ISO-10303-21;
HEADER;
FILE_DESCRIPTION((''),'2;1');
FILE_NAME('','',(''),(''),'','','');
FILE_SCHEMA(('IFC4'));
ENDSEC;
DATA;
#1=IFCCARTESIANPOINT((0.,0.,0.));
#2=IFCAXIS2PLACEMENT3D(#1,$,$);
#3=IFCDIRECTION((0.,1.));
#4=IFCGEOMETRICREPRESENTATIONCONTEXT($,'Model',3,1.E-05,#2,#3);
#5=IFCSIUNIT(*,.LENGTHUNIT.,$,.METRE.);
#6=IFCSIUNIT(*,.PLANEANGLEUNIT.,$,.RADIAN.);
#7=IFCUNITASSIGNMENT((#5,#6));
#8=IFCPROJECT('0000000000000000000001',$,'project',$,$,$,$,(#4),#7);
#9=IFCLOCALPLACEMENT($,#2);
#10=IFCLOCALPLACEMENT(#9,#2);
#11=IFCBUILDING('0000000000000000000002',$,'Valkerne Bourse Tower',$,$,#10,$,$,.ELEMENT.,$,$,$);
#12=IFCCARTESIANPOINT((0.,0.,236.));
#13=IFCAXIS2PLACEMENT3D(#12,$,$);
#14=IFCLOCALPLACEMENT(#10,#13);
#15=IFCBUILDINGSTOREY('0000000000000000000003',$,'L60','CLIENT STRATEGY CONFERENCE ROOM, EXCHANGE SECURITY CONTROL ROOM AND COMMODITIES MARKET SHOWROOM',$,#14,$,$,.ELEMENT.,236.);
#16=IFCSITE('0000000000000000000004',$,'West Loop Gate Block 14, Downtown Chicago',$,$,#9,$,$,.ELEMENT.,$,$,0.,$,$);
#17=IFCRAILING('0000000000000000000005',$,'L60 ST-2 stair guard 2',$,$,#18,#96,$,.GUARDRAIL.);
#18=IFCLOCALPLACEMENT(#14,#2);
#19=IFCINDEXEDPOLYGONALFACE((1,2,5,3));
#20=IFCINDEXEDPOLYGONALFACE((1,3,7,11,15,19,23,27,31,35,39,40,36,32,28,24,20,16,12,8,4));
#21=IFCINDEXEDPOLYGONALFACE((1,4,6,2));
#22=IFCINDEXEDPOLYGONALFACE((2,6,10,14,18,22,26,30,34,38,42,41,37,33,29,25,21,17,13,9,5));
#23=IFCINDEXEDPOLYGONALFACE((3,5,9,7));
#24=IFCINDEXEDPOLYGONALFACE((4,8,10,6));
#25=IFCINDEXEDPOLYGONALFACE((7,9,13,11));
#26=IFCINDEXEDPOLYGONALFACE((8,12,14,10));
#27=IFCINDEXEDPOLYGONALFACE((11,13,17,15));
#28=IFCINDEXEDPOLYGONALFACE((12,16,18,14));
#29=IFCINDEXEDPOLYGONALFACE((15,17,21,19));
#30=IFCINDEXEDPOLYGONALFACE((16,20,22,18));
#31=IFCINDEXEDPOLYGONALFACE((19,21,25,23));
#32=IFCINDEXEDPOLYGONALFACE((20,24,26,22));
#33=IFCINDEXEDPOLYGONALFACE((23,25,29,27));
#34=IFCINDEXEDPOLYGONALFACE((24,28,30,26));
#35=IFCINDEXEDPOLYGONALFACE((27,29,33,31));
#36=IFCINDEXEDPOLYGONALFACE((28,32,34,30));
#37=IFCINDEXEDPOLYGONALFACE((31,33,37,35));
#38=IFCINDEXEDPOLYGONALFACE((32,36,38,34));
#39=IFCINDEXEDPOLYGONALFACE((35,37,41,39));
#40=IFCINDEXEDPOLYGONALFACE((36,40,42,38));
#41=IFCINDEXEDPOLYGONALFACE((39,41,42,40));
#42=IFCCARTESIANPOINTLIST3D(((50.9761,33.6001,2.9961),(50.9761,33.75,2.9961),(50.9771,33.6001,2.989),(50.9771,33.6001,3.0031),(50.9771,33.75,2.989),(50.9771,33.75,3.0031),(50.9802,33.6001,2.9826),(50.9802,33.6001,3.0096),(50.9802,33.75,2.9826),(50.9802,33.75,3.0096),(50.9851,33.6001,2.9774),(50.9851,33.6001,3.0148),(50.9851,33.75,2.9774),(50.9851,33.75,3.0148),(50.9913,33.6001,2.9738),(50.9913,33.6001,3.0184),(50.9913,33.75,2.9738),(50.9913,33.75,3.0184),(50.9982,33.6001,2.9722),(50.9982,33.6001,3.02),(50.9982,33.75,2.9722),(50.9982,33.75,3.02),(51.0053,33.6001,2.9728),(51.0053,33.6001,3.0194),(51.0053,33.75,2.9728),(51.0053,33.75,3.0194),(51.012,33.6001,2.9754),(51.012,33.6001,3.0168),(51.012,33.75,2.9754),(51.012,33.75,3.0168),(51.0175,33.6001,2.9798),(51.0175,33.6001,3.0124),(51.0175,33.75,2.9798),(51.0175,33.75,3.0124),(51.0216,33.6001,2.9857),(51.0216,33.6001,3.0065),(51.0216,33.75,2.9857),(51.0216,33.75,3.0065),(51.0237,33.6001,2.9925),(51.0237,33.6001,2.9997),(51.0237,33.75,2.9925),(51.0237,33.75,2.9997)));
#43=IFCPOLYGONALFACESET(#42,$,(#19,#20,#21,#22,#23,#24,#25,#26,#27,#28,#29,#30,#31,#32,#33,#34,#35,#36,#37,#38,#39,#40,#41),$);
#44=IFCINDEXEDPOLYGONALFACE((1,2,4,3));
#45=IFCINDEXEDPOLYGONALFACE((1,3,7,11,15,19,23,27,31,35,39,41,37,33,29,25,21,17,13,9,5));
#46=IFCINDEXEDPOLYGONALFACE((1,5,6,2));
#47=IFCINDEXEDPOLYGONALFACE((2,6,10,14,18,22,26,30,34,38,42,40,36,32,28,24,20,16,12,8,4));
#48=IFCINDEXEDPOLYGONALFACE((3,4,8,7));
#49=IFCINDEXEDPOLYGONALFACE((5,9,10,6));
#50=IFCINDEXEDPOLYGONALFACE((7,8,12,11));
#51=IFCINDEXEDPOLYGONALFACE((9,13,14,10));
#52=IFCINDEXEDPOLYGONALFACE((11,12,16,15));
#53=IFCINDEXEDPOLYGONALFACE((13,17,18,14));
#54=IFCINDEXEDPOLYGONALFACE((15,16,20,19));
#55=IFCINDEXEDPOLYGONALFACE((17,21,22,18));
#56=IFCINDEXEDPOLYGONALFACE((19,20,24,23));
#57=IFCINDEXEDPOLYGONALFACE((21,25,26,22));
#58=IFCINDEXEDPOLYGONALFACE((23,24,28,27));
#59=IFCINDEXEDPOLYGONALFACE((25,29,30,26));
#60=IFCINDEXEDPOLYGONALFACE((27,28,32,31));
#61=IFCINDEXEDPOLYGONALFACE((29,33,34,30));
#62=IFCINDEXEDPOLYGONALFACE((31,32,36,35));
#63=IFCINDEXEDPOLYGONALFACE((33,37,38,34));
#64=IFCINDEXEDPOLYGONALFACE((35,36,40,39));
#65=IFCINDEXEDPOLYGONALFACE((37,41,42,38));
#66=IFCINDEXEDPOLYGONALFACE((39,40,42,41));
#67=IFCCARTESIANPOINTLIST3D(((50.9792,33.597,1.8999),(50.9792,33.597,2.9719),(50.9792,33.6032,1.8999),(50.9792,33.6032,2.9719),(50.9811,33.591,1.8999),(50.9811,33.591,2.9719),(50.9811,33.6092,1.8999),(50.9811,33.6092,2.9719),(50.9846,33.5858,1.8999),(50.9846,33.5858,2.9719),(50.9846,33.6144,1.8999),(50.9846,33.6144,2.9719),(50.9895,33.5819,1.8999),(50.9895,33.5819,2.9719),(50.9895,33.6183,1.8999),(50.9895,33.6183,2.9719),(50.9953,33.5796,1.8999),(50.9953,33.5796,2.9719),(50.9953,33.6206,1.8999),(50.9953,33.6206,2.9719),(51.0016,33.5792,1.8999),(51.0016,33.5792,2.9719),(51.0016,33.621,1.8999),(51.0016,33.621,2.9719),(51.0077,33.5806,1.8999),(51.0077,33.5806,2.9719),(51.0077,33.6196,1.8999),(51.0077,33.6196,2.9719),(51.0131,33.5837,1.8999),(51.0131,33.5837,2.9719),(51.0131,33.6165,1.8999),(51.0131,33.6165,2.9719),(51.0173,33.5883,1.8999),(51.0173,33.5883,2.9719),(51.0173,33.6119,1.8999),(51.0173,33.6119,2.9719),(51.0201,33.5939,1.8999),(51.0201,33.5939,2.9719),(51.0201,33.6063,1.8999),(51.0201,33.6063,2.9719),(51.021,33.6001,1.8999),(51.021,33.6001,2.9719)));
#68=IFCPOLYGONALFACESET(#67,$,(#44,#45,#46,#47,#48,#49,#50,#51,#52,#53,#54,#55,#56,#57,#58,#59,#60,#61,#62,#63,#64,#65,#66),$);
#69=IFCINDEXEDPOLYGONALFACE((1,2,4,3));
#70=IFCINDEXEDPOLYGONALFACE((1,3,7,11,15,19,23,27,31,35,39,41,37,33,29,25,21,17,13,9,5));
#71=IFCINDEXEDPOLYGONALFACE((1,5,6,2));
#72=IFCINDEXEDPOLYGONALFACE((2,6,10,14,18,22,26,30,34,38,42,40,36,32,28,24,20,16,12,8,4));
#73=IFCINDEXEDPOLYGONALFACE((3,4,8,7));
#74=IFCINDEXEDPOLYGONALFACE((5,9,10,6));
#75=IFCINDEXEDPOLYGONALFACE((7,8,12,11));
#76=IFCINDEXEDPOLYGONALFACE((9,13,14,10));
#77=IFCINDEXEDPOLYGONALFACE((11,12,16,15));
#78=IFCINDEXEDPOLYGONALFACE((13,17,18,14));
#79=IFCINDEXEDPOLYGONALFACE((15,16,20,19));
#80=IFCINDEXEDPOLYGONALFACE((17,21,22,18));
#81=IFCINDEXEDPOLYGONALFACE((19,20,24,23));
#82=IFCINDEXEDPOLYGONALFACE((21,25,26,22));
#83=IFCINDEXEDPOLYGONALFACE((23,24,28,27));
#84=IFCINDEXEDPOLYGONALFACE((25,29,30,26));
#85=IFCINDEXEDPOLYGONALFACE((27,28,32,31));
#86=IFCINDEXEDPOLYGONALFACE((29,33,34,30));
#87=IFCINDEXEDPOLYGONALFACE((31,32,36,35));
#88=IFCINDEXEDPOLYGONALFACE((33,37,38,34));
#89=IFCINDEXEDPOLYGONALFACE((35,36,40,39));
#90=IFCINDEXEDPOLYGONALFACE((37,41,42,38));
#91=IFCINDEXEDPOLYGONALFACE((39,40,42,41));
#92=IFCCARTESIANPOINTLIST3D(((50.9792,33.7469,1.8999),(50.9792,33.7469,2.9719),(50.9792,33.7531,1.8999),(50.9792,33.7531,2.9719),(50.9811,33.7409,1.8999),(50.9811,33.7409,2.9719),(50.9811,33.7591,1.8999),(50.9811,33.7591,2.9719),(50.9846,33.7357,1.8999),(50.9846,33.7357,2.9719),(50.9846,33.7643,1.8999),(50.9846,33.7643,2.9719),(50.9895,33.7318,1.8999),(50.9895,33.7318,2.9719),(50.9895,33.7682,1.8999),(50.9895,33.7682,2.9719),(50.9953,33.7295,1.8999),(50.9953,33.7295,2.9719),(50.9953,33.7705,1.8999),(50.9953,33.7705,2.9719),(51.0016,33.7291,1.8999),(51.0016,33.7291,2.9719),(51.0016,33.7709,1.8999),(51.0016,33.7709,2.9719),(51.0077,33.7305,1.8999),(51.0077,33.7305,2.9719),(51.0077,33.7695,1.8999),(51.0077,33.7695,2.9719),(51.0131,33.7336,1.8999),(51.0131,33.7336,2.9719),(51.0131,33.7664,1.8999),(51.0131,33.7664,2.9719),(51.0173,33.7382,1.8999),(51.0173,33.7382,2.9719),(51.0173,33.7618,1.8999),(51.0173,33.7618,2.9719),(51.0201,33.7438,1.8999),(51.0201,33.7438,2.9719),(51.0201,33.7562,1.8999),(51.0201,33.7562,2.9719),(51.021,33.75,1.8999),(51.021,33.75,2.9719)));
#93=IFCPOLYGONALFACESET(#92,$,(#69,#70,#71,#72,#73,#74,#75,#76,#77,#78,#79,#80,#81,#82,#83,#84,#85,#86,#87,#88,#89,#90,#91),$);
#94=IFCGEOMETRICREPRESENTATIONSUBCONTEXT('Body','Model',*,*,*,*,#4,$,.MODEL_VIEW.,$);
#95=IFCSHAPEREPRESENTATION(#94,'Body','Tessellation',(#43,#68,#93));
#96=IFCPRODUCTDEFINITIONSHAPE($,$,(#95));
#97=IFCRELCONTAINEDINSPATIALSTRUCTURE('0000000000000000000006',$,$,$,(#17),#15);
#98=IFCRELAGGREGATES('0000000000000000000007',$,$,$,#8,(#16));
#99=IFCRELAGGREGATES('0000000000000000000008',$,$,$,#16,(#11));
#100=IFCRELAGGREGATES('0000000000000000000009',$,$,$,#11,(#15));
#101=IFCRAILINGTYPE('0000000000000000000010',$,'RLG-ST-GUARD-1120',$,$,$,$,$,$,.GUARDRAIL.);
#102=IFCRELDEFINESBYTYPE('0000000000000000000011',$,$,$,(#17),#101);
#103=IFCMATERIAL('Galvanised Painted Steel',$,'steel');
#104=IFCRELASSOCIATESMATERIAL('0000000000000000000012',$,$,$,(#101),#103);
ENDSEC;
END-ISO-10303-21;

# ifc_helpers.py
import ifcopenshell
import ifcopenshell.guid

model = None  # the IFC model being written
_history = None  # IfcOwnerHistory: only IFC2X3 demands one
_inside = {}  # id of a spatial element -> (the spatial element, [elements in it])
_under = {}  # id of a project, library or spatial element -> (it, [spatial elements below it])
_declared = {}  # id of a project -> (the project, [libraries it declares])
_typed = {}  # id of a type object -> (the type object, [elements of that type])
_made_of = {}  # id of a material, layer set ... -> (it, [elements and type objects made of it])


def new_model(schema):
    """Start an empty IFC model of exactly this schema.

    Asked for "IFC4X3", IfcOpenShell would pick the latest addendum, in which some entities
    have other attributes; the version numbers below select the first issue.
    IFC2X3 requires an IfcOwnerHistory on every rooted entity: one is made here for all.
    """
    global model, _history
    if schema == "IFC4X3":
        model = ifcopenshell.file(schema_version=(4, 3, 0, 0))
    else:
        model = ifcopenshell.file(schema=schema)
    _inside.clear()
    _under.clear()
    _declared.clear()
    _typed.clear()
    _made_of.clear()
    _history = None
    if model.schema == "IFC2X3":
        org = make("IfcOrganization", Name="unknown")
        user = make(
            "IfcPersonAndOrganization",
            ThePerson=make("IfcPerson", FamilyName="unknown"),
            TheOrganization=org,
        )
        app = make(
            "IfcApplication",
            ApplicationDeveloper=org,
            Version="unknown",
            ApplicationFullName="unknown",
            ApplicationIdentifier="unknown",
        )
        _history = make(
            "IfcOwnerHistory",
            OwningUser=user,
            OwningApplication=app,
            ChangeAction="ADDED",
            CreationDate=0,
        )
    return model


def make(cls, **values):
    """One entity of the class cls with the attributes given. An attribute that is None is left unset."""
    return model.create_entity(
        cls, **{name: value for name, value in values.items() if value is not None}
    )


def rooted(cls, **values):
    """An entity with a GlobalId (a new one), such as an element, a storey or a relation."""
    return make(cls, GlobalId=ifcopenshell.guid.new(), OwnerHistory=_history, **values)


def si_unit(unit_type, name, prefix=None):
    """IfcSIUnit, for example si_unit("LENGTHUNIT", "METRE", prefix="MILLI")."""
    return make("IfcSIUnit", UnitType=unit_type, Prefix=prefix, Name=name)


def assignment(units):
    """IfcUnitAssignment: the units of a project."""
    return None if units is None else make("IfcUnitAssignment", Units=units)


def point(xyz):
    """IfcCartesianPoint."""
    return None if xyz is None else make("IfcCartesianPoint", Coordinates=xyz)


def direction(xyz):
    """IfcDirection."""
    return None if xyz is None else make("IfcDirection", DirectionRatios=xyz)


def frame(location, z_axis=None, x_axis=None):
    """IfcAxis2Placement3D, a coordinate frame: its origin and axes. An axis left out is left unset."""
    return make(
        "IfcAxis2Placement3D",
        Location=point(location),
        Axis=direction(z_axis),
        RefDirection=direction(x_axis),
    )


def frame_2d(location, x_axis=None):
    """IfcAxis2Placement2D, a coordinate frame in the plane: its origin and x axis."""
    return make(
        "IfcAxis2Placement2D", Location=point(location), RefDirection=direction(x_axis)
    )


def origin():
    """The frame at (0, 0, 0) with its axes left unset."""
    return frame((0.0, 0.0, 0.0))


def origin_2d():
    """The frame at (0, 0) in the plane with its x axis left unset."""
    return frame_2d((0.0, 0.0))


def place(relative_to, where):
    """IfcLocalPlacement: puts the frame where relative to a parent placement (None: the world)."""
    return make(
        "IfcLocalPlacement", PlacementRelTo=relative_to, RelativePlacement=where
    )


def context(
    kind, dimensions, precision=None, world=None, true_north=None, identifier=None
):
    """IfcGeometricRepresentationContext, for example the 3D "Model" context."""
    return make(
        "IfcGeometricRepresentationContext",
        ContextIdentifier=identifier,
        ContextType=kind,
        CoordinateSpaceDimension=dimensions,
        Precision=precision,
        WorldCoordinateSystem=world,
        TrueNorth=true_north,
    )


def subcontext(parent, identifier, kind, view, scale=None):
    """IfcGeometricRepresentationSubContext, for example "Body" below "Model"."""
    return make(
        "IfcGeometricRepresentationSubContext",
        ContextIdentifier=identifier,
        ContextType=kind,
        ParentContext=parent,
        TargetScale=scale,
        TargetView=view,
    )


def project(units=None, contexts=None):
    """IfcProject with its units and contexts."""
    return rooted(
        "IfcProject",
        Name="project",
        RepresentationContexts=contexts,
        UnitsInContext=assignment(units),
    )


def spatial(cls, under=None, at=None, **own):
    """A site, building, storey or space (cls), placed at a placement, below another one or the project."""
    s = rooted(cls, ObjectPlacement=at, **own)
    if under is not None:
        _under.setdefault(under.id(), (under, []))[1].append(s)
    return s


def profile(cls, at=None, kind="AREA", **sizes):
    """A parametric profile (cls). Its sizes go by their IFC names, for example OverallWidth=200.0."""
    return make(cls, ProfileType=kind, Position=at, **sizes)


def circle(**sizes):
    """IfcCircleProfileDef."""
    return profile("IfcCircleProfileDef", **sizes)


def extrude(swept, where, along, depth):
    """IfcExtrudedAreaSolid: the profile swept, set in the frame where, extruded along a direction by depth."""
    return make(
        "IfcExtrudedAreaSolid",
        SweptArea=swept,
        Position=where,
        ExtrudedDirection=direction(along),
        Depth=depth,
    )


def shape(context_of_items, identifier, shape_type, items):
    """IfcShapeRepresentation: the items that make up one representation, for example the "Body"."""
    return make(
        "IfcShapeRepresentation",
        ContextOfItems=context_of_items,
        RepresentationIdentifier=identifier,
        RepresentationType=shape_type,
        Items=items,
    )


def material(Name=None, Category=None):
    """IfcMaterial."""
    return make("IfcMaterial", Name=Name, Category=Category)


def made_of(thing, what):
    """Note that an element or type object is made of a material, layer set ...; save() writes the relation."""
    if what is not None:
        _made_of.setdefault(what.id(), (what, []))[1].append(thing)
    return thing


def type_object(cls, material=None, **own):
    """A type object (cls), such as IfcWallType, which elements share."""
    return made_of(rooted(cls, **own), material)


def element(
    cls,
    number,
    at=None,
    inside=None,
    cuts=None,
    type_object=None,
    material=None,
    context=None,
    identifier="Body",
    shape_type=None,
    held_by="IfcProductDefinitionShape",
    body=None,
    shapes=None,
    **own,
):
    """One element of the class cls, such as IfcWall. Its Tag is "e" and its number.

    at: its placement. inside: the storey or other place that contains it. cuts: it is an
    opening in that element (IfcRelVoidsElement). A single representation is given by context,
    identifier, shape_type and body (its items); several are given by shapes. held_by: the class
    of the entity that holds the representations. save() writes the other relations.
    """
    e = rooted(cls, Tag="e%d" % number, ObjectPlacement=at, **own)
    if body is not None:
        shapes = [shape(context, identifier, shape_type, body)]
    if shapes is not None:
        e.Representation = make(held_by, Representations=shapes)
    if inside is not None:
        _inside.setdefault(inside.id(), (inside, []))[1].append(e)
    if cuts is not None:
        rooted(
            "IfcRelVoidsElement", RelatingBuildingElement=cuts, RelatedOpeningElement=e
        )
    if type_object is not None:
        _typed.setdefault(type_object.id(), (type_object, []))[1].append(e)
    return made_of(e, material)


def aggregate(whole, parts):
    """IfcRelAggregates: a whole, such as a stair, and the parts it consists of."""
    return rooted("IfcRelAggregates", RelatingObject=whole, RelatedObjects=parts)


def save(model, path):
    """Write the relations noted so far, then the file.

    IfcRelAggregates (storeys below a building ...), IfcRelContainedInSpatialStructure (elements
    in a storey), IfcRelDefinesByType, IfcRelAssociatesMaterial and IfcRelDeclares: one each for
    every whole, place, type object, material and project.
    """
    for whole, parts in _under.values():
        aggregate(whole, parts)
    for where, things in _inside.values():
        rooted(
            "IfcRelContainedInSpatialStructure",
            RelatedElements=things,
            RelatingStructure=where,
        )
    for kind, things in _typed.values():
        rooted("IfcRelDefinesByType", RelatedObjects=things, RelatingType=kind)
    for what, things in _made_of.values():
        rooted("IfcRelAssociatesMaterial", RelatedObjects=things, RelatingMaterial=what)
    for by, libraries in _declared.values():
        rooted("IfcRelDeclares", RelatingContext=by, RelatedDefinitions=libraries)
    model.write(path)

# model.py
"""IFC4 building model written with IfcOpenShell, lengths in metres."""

from ifc_helpers import new_model, si_unit, direction, frame, origin, origin_2d, place, context, subcontext, project, spatial, circle, extrude, material, type_object, element, save


model = new_model("IFC4")

# Units and contexts
model_context = context("Model", 3, precision=1e-05, world=origin(), true_north=direction((0.0, 1.0)))
body_context = subcontext(model_context, "Body", "Model", "MODEL_VIEW")
ifc_project = project(units=[si_unit("LENGTHUNIT", "METRE"), si_unit("PLANEANGLEUNIT", "RADIAN")], contexts=[model_context])

# Site, building, storey
site_placement = place(None, origin())
site = spatial("IfcSite", under=ifc_project, at=site_placement, Name="West Loop Gate Block 14, Downtown Chicago", CompositionType="ELEMENT", RefElevation=0.0)
building_placement = place(site_placement, origin())
building = spatial("IfcBuilding", under=site, at=building_placement, Name="Valkerne Bourse Tower", CompositionType="ELEMENT")
storey_placement = place(building_placement, frame((0.0, 0.0, 236.0)))
storey = spatial("IfcBuildingStorey", under=building, at=storey_placement, Name="L60", Description="CLIENT STRATEGY CONFERENCE ROOM, EXCHANGE SECURITY CONTROL ROOM AND COMMODITIES MARKET SHOWROOM", CompositionType="ELEMENT", Elevation=236.0)

# Shared definitions
ifc_material_1 = material(Name="Galvanised Painted Steel", Category="steel")

# Railing
railing_type_1 = type_object("IfcRailingType", Name="RLG-ST-GUARD-1120", PredefinedType="GUARDRAIL", material=ifc_material_1)
railing_1_placement = place(storey_placement, frame((51.0, 33.6001, 1.8999)))
element("IfcRailing", 1, at=railing_1_placement, inside=storey, type_object=railing_type_1, Name="L60 ST-2 stair guard 2", PredefinedType="GUARDRAIL", context=body_context, shape_type="SweptSolid", body=[
    extrude(circle(Radius=0.0239, at=origin_2d()), frame((0.0, 0.0, 1.0962), z_axis=(0.0, 1.0, 0.0), x_axis=(-1.0, 0.0, 0.0)), (0.0, 0.0, 1.0), 0.1499),
    extrude(circle(Radius=0.021, at=origin_2d()), origin(), (0.0, 0.0, 1.0), 1.072),
    extrude(circle(Radius=0.021, at=origin_2d()), frame((0.0, 0.1499, 0.0)), (0.0, 0.0, 1.0), 1.072),
])

save(model, "model.ifc")
